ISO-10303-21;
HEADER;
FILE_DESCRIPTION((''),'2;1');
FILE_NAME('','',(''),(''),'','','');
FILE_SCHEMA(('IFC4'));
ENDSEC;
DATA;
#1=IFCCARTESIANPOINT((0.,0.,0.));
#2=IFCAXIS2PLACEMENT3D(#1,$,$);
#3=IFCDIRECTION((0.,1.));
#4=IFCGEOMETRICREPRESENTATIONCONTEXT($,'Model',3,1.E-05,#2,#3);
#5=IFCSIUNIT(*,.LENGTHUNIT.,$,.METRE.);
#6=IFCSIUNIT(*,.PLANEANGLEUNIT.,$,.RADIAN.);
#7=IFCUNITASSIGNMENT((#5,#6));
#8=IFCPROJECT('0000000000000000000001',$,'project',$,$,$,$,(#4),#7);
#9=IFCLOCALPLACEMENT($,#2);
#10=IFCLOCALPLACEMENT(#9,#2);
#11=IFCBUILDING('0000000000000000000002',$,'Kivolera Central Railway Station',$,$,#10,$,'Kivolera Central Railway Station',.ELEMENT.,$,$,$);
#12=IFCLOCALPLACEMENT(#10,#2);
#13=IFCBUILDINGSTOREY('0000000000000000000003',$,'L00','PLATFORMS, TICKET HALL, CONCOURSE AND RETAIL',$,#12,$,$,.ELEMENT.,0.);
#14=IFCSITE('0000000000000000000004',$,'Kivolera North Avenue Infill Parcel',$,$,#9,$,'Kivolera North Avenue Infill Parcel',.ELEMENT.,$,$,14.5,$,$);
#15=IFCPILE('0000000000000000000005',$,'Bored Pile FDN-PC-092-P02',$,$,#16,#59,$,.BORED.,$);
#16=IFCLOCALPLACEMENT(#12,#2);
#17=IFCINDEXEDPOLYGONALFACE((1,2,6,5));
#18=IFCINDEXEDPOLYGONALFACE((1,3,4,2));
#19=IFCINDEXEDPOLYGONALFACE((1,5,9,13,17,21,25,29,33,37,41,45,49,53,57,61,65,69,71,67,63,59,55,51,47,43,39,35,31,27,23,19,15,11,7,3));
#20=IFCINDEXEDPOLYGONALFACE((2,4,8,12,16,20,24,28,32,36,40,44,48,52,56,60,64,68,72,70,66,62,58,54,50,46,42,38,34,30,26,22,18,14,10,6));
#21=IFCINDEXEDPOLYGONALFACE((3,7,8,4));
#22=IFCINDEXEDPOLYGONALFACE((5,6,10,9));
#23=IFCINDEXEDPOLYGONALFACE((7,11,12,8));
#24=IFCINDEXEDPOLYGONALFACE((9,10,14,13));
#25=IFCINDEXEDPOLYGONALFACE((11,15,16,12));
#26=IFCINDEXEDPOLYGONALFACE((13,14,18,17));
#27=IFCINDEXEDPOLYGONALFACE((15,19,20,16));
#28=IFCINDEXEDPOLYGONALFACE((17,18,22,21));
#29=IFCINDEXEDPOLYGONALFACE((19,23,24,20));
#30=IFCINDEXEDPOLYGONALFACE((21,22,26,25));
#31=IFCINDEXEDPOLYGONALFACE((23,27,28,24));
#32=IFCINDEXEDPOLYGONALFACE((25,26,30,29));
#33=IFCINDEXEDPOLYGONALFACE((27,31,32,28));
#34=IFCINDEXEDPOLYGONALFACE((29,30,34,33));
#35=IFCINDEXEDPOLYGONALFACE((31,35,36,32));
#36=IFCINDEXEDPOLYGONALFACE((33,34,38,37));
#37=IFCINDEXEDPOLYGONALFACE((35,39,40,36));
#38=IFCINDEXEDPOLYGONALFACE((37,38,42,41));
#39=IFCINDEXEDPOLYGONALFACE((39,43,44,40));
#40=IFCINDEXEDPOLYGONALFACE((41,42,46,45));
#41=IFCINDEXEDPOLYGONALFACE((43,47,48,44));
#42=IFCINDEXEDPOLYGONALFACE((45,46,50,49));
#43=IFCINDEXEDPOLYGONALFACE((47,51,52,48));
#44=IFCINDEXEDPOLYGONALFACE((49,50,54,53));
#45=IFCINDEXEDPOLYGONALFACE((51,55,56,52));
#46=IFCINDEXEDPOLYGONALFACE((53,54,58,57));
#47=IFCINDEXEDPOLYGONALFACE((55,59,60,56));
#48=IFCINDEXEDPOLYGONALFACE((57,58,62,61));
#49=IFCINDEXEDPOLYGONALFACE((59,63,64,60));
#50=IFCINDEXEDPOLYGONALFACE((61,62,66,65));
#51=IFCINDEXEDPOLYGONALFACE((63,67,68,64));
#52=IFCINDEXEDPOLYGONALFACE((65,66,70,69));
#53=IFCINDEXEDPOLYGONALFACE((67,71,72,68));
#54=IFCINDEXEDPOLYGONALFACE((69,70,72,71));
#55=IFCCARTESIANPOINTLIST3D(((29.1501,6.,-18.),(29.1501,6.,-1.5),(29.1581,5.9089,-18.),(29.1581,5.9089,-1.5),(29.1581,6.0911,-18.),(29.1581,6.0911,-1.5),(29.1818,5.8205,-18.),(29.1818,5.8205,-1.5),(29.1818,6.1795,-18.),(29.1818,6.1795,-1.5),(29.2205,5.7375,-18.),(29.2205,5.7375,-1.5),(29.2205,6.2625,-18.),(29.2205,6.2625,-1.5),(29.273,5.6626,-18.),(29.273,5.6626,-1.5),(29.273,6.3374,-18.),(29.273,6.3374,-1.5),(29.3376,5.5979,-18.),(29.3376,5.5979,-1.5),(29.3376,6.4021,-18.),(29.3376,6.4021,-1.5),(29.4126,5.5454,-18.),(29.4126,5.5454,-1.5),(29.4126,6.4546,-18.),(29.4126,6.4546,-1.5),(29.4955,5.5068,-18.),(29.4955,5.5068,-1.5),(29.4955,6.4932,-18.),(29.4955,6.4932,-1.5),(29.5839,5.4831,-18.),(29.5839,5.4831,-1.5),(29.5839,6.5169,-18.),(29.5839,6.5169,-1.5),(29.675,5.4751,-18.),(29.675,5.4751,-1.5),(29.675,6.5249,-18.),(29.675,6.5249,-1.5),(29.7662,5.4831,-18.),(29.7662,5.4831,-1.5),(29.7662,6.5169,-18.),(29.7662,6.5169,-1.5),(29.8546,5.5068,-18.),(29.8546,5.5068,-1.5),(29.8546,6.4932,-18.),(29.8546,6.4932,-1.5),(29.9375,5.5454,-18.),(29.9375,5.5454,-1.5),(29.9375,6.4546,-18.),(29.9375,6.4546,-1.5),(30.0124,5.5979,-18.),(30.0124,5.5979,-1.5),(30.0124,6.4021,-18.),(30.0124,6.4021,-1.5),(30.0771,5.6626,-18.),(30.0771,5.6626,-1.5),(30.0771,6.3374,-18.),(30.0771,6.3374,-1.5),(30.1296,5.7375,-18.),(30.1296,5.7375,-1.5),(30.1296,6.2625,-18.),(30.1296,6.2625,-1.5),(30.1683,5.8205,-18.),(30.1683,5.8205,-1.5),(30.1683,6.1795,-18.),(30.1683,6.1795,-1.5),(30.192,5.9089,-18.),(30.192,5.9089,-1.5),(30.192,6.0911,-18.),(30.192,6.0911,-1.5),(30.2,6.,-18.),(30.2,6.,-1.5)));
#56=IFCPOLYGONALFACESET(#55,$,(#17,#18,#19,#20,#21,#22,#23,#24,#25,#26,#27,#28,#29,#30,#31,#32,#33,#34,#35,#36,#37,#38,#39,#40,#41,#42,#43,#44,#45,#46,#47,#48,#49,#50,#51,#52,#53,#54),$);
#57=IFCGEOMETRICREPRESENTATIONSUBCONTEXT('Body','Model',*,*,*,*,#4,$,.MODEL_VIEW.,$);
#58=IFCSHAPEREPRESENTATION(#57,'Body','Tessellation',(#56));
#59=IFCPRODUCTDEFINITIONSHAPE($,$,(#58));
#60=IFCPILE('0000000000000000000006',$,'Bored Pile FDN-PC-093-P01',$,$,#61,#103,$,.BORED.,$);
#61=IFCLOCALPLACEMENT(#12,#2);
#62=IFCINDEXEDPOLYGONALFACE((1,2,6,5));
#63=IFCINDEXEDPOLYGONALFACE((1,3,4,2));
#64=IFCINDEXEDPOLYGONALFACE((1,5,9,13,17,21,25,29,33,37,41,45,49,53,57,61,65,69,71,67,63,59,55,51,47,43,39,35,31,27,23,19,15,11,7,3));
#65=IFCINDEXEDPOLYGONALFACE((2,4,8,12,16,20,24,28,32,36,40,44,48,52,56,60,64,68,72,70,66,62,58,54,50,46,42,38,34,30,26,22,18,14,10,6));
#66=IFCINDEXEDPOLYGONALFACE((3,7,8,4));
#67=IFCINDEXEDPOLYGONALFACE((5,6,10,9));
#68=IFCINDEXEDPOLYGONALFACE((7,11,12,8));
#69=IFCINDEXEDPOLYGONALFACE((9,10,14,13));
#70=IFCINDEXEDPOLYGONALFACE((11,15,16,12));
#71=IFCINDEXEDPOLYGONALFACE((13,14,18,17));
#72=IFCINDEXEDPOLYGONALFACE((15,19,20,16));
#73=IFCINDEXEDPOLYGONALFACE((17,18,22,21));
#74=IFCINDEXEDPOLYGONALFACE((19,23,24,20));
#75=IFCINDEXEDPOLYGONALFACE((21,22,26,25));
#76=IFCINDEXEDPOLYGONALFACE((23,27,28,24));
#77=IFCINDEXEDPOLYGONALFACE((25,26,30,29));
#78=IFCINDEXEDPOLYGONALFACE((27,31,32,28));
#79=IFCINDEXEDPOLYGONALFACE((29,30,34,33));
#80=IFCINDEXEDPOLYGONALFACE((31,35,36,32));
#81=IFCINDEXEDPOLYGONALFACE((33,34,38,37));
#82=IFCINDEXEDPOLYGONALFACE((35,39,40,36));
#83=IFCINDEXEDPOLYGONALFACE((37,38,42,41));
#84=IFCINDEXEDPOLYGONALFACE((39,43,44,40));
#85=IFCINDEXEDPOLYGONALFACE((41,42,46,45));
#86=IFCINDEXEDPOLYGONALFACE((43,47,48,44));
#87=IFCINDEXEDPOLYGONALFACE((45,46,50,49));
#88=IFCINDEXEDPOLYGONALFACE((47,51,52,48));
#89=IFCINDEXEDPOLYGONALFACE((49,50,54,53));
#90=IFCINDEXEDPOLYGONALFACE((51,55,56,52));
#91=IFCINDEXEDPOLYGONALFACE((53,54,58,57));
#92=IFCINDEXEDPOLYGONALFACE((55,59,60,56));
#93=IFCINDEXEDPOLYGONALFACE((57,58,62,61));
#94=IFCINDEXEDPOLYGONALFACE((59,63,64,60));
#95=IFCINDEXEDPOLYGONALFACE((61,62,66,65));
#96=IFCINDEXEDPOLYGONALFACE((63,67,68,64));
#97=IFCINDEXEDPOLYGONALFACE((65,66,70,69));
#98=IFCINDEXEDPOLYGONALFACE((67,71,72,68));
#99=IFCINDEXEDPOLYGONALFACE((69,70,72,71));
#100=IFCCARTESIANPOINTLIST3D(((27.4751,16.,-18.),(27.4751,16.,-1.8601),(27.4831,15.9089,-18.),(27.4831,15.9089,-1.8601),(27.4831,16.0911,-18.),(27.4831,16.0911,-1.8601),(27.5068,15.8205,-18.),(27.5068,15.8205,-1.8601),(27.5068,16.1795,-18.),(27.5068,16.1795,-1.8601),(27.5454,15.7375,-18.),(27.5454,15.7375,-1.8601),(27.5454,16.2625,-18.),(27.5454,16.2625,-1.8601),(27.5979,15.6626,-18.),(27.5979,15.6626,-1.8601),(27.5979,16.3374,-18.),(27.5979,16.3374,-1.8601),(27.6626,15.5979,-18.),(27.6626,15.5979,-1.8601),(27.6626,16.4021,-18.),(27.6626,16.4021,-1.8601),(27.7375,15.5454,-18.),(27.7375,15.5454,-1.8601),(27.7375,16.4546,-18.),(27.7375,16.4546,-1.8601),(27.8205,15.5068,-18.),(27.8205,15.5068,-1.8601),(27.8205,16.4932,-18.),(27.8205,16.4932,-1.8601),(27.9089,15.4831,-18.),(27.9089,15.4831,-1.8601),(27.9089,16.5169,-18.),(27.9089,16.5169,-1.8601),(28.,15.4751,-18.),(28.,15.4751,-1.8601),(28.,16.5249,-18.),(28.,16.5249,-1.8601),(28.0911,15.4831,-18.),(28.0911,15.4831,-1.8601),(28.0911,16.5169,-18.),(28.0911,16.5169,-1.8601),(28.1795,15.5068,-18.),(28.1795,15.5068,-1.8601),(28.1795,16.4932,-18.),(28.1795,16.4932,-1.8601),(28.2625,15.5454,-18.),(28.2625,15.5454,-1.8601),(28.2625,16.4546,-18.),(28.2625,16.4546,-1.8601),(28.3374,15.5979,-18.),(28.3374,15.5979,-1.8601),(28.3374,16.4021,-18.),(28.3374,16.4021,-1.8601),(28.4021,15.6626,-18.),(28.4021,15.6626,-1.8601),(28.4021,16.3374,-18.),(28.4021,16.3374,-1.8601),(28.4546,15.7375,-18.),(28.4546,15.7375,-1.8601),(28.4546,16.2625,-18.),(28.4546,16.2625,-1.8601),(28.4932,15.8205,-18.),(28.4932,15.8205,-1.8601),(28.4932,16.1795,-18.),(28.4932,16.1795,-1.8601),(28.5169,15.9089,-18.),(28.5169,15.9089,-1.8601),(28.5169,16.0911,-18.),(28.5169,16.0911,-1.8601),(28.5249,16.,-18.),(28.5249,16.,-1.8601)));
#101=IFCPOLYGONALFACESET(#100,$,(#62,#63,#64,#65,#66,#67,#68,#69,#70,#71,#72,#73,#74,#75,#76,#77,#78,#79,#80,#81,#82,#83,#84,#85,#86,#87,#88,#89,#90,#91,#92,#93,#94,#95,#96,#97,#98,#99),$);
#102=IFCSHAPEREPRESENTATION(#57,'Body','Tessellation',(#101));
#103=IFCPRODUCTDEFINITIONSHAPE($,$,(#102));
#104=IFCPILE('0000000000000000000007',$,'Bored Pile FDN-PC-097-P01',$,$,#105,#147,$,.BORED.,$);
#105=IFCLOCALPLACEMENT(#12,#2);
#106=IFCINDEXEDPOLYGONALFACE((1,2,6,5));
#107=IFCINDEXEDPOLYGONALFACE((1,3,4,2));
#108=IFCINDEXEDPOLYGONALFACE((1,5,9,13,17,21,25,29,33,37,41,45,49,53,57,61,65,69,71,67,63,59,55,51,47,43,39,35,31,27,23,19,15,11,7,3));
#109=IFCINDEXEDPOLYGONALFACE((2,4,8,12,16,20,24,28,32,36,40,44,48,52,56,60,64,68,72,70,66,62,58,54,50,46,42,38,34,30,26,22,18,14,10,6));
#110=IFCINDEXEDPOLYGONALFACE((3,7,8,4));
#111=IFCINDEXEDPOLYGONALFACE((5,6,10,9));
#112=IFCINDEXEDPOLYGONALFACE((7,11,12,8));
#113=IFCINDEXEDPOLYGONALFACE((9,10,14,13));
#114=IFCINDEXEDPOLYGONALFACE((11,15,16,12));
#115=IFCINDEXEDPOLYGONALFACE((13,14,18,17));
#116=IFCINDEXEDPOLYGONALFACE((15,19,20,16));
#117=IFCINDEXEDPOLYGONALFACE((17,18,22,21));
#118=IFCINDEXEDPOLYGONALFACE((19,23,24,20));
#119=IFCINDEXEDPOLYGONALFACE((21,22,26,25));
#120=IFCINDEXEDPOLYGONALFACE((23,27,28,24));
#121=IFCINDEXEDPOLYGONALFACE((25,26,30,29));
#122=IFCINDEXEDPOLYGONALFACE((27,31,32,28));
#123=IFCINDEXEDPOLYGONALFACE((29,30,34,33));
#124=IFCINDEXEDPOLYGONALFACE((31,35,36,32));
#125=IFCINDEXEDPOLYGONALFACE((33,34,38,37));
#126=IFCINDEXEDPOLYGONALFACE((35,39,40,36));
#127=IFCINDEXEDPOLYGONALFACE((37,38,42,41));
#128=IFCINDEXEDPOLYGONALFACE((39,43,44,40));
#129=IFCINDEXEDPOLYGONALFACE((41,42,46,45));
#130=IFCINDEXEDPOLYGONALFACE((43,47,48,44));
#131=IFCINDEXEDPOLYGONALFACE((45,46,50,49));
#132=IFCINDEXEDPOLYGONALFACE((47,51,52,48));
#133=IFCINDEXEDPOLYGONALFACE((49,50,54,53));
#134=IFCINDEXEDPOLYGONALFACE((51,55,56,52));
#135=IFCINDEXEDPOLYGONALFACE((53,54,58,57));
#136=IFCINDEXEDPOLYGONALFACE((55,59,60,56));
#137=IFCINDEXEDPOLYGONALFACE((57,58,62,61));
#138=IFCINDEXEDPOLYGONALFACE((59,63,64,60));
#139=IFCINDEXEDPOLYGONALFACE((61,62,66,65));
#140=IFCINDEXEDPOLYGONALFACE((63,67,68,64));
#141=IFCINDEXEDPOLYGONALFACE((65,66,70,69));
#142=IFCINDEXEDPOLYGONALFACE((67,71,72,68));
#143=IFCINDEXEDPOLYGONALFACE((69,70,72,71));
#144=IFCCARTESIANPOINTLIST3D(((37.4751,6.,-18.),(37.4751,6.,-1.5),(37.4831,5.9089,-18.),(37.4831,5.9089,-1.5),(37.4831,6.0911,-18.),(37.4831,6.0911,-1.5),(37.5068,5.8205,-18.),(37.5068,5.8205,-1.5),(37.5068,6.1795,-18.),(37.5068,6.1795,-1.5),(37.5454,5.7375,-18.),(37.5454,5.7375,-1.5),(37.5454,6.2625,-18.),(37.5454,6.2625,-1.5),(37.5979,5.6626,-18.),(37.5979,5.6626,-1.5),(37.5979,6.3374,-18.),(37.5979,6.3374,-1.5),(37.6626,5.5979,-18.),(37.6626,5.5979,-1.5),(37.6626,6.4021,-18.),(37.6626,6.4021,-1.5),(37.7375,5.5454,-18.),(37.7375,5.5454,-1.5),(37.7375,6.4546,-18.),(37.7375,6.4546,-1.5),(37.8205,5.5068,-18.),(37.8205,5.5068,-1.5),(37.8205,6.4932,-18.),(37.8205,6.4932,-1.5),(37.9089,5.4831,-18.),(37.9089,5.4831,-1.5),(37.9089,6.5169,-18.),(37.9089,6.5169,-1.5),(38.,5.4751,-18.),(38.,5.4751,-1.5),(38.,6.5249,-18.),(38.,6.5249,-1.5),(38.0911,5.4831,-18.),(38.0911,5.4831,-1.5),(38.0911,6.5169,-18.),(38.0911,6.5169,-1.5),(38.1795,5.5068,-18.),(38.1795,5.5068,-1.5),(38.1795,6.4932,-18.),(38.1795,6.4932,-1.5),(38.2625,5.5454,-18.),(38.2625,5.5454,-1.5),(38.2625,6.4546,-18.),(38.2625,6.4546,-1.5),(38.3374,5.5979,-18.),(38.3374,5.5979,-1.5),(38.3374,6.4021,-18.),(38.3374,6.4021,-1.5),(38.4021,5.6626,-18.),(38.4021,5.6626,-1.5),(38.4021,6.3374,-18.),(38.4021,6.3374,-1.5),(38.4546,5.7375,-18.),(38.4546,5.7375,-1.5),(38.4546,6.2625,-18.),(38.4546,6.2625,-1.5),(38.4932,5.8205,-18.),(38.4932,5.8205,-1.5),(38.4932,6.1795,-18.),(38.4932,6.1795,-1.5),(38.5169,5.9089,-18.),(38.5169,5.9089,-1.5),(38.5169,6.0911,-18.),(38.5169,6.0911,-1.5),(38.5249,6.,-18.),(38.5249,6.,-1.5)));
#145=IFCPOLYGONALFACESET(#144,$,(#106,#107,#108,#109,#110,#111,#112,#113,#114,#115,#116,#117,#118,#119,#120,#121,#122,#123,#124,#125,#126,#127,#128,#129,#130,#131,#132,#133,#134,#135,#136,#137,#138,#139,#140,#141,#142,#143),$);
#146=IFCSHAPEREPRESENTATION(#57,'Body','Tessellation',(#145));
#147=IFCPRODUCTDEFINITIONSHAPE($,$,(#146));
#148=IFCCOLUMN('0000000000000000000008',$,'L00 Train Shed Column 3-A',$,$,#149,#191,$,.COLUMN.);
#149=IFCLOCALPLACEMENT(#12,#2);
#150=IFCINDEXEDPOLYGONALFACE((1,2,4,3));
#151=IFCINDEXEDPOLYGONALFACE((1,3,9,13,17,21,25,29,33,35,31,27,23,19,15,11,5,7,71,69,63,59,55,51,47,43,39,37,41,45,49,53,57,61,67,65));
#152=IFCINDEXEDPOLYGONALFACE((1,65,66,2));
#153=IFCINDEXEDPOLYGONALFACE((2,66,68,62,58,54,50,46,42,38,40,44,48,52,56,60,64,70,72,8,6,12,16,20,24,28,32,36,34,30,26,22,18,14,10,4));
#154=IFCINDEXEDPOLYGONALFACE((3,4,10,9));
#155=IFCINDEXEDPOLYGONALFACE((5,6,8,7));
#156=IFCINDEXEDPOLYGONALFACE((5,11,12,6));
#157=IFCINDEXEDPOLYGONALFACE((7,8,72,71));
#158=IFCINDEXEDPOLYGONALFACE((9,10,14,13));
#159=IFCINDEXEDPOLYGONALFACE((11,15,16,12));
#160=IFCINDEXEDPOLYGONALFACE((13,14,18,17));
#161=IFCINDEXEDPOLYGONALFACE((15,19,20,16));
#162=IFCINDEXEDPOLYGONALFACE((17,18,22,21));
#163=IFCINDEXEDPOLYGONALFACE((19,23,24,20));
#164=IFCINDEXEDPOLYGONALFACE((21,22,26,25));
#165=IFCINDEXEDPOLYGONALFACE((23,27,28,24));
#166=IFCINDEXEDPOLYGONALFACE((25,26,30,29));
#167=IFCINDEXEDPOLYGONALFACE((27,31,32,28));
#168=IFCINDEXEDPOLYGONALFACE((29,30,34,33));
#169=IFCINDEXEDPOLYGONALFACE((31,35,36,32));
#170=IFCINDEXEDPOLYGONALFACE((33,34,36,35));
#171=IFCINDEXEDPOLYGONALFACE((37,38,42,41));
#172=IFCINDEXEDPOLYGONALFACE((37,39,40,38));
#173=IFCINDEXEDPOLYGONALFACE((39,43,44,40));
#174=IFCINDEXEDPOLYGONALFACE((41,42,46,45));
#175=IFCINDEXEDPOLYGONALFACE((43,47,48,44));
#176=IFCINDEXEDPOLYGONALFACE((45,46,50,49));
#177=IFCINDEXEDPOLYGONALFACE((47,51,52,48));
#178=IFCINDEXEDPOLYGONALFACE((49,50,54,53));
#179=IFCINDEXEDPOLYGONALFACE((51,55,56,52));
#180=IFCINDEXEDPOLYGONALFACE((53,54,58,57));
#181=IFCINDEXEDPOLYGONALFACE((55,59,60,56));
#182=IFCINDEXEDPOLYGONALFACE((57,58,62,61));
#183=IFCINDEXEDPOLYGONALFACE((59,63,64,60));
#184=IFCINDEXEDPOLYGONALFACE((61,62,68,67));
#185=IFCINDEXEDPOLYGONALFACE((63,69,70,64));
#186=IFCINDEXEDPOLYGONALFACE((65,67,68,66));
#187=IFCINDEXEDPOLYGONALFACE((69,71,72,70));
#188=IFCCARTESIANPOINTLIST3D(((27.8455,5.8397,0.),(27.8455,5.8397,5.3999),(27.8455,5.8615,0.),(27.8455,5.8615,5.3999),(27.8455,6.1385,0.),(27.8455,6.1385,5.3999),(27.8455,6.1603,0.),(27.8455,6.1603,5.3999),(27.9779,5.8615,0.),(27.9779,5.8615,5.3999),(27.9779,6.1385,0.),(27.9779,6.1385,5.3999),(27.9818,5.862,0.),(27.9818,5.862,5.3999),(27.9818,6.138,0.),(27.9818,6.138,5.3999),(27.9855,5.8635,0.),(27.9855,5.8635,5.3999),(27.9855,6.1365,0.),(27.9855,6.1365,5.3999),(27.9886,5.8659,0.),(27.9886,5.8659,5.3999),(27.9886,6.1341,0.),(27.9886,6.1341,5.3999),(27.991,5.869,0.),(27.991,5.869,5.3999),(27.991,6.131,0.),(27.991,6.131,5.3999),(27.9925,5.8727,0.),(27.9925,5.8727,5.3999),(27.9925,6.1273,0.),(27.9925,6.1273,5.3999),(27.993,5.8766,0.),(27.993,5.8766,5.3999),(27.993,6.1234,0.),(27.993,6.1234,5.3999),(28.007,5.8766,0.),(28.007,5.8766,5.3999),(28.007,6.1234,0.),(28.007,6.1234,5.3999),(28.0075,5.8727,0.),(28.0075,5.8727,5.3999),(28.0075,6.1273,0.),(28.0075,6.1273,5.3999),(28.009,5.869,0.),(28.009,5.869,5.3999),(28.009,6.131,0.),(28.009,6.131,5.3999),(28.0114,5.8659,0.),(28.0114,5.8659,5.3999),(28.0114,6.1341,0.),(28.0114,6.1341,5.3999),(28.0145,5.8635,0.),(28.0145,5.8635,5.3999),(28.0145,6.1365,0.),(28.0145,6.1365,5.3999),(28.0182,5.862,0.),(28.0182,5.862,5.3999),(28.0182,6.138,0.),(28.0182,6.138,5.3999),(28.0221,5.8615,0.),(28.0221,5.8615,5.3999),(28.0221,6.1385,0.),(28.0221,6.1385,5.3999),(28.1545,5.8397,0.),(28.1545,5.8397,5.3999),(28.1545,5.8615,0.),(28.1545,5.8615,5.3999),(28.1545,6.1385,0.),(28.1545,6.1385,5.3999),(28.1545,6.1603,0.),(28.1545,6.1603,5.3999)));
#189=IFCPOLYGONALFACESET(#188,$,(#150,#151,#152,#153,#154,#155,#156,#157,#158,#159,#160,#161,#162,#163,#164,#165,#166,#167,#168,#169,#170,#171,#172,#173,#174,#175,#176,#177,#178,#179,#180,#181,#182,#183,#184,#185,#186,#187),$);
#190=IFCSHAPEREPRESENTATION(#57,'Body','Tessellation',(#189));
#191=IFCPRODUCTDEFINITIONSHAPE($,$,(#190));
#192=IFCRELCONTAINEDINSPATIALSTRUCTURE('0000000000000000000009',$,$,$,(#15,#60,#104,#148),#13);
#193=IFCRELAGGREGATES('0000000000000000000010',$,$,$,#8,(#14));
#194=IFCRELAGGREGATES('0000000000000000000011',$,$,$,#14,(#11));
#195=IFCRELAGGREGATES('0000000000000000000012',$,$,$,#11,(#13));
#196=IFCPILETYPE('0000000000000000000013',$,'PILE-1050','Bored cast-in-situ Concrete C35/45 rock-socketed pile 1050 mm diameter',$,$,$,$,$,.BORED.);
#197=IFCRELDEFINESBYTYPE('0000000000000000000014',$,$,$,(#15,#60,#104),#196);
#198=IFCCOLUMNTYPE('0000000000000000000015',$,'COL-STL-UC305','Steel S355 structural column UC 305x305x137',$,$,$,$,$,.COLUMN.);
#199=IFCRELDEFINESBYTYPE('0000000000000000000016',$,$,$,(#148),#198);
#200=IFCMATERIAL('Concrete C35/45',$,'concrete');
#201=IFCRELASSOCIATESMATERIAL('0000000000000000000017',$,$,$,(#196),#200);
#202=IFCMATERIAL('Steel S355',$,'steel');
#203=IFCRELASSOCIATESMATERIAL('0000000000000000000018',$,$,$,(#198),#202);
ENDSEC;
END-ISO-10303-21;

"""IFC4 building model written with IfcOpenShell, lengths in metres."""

from ifc_helpers import new_model, si_unit, direction, frame, origin, origin_2d, place, context, subcontext, project, spatial, circle, i_section, extrude, material, material_profile, profile_set, type_object, element, save


model = new_model("IFC4")

# Units and contexts
model_context = context("Model", 3, precision=1e-05, world=origin(), true_north=direction((0.0, 1.0)))
body_context = subcontext(model_context, "Body", "Model", "MODEL_VIEW")
ifc_project = project(units=[si_unit("LENGTHUNIT", "METRE"), si_unit("PLANEANGLEUNIT", "RADIAN")], contexts=[model_context])

# Site, building, storey
site_placement = place(None, origin())
site = spatial("IfcSite", under=ifc_project, at=site_placement, Name="Kivolera North Avenue Infill Parcel", LongName="Kivolera North Avenue Infill Parcel", CompositionType="ELEMENT", RefElevation=14.5)
building_placement = place(site_placement, origin())
building = spatial("IfcBuilding", under=site, at=building_placement, Name="Kivolera Central Railway Station", LongName="Kivolera Central Railway Station", CompositionType="ELEMENT")
storey_placement = place(building_placement, origin())
storey = spatial("IfcBuildingStorey", under=building, at=storey_placement, Name="L00", Description="PLATFORMS, TICKET HALL, CONCOURSE AND RETAIL", CompositionType="ELEMENT", Elevation=0.0)

# Shared definitions
ifc_material_1 = material(Name="Concrete C35/45", Category="concrete")

# Piles
ifc_material_profile_1 = material_profile(ifc_material_1, circle(Radius=0.5249, at=origin_2d()), Name="PILE D1050")
ifc_profile_set_1 = profile_set([ifc_material_profile_1], Name="Concrete C35/45")
pile_type = type_object("IfcPileType", Name="PILE-1050", Description="Bored cast-in-situ Concrete C35/45 rock-socketed pile 1050 mm diameter", PredefinedType="BORED", material=ifc_profile_set_1)
for number, where, z_axis, x_axis, name in (
    (1, (29.675, 6.0, -1.5), (0.0, 0.0, -1.0), (1.0, 0.0, 0.0), "Bored Pile FDN-PC-092-P02"),
):
    element("IfcPile", number, at=place(storey_placement, frame(where, z_axis=z_axis, x_axis=x_axis)), inside=storey, type_object=pile_type, Name=name, PredefinedType="BORED", context=body_context, shape_type="SweptSolid", body=[
        extrude(circle(Radius=0.5249, at=origin_2d()), origin(), (0.0, 0.0, 1.0), 16.5),
    ])
pile_1_placement = place(storey_placement, frame((28.0, 16.0, -1.8601), z_axis=(0.0, 0.0, -1.0), x_axis=(1.0, 0.0, 0.0)))
element("IfcPile", 2, at=pile_1_placement, inside=storey, type_object=pile_type, Name="Bored Pile FDN-PC-093-P01", PredefinedType="BORED", context=body_context, shape_type="SweptSolid", body=[
    extrude(circle(Radius=0.5249, at=origin_2d()), origin(), (0.0, 0.0, 1.0), 16.1399),
])
pile_2_placement = place(storey_placement, frame((38.0, 6.0, -1.5), z_axis=(0.0, 0.0, -1.0), x_axis=(1.0, 0.0, 0.0)))
element("IfcPile", 3, at=pile_2_placement, inside=storey, type_object=pile_type, Name="Bored Pile FDN-PC-097-P01", PredefinedType="BORED", context=body_context, shape_type="SweptSolid", body=[
    extrude(circle(Radius=0.5249, at=origin_2d()), origin(), (0.0, 0.0, 1.0), 16.5),
])

# Column
ifc_material_2 = material(Name="Steel S355", Category="steel")
ifc_material_profile_2 = material_profile(ifc_material_2, i_section(OverallWidth=0.3091, OverallDepth=0.3206, WebThickness=0.0139, FlangeThickness=0.0217, FilletRadius=0.0151, at=origin_2d()), Name="UC 305x305x137")
ifc_profile_set_2 = profile_set([ifc_material_profile_2], Name="Steel S355")
column_type = type_object("IfcColumnType", Name="COL-STL-UC305", Description="Steel S355 structural column UC 305x305x137", PredefinedType="COLUMN", material=ifc_profile_set_2)
for number, where, z_axis, x_axis, name in (
    (4, (28.0, 6.0, 0.0), (0.0, 0.0, 1.0), (1.0, 0.0, 0.0), "L00 Train Shed Column 3-A"),
):
    element("IfcColumn", number, at=place(storey_placement, frame(where, z_axis=z_axis, x_axis=x_axis)), inside=storey, type_object=column_type, Name=name, PredefinedType="COLUMN", context=body_context, shape_type="SweptSolid", body=[
        extrude(i_section(OverallWidth=0.3091, OverallDepth=0.3206, WebThickness=0.0139, FlangeThickness=0.0217, FilletRadius=0.0151, at=origin_2d()), origin(), (0.0, 0.0, 1.0), 5.3999),
    ])

save(model, "model.ifc")
